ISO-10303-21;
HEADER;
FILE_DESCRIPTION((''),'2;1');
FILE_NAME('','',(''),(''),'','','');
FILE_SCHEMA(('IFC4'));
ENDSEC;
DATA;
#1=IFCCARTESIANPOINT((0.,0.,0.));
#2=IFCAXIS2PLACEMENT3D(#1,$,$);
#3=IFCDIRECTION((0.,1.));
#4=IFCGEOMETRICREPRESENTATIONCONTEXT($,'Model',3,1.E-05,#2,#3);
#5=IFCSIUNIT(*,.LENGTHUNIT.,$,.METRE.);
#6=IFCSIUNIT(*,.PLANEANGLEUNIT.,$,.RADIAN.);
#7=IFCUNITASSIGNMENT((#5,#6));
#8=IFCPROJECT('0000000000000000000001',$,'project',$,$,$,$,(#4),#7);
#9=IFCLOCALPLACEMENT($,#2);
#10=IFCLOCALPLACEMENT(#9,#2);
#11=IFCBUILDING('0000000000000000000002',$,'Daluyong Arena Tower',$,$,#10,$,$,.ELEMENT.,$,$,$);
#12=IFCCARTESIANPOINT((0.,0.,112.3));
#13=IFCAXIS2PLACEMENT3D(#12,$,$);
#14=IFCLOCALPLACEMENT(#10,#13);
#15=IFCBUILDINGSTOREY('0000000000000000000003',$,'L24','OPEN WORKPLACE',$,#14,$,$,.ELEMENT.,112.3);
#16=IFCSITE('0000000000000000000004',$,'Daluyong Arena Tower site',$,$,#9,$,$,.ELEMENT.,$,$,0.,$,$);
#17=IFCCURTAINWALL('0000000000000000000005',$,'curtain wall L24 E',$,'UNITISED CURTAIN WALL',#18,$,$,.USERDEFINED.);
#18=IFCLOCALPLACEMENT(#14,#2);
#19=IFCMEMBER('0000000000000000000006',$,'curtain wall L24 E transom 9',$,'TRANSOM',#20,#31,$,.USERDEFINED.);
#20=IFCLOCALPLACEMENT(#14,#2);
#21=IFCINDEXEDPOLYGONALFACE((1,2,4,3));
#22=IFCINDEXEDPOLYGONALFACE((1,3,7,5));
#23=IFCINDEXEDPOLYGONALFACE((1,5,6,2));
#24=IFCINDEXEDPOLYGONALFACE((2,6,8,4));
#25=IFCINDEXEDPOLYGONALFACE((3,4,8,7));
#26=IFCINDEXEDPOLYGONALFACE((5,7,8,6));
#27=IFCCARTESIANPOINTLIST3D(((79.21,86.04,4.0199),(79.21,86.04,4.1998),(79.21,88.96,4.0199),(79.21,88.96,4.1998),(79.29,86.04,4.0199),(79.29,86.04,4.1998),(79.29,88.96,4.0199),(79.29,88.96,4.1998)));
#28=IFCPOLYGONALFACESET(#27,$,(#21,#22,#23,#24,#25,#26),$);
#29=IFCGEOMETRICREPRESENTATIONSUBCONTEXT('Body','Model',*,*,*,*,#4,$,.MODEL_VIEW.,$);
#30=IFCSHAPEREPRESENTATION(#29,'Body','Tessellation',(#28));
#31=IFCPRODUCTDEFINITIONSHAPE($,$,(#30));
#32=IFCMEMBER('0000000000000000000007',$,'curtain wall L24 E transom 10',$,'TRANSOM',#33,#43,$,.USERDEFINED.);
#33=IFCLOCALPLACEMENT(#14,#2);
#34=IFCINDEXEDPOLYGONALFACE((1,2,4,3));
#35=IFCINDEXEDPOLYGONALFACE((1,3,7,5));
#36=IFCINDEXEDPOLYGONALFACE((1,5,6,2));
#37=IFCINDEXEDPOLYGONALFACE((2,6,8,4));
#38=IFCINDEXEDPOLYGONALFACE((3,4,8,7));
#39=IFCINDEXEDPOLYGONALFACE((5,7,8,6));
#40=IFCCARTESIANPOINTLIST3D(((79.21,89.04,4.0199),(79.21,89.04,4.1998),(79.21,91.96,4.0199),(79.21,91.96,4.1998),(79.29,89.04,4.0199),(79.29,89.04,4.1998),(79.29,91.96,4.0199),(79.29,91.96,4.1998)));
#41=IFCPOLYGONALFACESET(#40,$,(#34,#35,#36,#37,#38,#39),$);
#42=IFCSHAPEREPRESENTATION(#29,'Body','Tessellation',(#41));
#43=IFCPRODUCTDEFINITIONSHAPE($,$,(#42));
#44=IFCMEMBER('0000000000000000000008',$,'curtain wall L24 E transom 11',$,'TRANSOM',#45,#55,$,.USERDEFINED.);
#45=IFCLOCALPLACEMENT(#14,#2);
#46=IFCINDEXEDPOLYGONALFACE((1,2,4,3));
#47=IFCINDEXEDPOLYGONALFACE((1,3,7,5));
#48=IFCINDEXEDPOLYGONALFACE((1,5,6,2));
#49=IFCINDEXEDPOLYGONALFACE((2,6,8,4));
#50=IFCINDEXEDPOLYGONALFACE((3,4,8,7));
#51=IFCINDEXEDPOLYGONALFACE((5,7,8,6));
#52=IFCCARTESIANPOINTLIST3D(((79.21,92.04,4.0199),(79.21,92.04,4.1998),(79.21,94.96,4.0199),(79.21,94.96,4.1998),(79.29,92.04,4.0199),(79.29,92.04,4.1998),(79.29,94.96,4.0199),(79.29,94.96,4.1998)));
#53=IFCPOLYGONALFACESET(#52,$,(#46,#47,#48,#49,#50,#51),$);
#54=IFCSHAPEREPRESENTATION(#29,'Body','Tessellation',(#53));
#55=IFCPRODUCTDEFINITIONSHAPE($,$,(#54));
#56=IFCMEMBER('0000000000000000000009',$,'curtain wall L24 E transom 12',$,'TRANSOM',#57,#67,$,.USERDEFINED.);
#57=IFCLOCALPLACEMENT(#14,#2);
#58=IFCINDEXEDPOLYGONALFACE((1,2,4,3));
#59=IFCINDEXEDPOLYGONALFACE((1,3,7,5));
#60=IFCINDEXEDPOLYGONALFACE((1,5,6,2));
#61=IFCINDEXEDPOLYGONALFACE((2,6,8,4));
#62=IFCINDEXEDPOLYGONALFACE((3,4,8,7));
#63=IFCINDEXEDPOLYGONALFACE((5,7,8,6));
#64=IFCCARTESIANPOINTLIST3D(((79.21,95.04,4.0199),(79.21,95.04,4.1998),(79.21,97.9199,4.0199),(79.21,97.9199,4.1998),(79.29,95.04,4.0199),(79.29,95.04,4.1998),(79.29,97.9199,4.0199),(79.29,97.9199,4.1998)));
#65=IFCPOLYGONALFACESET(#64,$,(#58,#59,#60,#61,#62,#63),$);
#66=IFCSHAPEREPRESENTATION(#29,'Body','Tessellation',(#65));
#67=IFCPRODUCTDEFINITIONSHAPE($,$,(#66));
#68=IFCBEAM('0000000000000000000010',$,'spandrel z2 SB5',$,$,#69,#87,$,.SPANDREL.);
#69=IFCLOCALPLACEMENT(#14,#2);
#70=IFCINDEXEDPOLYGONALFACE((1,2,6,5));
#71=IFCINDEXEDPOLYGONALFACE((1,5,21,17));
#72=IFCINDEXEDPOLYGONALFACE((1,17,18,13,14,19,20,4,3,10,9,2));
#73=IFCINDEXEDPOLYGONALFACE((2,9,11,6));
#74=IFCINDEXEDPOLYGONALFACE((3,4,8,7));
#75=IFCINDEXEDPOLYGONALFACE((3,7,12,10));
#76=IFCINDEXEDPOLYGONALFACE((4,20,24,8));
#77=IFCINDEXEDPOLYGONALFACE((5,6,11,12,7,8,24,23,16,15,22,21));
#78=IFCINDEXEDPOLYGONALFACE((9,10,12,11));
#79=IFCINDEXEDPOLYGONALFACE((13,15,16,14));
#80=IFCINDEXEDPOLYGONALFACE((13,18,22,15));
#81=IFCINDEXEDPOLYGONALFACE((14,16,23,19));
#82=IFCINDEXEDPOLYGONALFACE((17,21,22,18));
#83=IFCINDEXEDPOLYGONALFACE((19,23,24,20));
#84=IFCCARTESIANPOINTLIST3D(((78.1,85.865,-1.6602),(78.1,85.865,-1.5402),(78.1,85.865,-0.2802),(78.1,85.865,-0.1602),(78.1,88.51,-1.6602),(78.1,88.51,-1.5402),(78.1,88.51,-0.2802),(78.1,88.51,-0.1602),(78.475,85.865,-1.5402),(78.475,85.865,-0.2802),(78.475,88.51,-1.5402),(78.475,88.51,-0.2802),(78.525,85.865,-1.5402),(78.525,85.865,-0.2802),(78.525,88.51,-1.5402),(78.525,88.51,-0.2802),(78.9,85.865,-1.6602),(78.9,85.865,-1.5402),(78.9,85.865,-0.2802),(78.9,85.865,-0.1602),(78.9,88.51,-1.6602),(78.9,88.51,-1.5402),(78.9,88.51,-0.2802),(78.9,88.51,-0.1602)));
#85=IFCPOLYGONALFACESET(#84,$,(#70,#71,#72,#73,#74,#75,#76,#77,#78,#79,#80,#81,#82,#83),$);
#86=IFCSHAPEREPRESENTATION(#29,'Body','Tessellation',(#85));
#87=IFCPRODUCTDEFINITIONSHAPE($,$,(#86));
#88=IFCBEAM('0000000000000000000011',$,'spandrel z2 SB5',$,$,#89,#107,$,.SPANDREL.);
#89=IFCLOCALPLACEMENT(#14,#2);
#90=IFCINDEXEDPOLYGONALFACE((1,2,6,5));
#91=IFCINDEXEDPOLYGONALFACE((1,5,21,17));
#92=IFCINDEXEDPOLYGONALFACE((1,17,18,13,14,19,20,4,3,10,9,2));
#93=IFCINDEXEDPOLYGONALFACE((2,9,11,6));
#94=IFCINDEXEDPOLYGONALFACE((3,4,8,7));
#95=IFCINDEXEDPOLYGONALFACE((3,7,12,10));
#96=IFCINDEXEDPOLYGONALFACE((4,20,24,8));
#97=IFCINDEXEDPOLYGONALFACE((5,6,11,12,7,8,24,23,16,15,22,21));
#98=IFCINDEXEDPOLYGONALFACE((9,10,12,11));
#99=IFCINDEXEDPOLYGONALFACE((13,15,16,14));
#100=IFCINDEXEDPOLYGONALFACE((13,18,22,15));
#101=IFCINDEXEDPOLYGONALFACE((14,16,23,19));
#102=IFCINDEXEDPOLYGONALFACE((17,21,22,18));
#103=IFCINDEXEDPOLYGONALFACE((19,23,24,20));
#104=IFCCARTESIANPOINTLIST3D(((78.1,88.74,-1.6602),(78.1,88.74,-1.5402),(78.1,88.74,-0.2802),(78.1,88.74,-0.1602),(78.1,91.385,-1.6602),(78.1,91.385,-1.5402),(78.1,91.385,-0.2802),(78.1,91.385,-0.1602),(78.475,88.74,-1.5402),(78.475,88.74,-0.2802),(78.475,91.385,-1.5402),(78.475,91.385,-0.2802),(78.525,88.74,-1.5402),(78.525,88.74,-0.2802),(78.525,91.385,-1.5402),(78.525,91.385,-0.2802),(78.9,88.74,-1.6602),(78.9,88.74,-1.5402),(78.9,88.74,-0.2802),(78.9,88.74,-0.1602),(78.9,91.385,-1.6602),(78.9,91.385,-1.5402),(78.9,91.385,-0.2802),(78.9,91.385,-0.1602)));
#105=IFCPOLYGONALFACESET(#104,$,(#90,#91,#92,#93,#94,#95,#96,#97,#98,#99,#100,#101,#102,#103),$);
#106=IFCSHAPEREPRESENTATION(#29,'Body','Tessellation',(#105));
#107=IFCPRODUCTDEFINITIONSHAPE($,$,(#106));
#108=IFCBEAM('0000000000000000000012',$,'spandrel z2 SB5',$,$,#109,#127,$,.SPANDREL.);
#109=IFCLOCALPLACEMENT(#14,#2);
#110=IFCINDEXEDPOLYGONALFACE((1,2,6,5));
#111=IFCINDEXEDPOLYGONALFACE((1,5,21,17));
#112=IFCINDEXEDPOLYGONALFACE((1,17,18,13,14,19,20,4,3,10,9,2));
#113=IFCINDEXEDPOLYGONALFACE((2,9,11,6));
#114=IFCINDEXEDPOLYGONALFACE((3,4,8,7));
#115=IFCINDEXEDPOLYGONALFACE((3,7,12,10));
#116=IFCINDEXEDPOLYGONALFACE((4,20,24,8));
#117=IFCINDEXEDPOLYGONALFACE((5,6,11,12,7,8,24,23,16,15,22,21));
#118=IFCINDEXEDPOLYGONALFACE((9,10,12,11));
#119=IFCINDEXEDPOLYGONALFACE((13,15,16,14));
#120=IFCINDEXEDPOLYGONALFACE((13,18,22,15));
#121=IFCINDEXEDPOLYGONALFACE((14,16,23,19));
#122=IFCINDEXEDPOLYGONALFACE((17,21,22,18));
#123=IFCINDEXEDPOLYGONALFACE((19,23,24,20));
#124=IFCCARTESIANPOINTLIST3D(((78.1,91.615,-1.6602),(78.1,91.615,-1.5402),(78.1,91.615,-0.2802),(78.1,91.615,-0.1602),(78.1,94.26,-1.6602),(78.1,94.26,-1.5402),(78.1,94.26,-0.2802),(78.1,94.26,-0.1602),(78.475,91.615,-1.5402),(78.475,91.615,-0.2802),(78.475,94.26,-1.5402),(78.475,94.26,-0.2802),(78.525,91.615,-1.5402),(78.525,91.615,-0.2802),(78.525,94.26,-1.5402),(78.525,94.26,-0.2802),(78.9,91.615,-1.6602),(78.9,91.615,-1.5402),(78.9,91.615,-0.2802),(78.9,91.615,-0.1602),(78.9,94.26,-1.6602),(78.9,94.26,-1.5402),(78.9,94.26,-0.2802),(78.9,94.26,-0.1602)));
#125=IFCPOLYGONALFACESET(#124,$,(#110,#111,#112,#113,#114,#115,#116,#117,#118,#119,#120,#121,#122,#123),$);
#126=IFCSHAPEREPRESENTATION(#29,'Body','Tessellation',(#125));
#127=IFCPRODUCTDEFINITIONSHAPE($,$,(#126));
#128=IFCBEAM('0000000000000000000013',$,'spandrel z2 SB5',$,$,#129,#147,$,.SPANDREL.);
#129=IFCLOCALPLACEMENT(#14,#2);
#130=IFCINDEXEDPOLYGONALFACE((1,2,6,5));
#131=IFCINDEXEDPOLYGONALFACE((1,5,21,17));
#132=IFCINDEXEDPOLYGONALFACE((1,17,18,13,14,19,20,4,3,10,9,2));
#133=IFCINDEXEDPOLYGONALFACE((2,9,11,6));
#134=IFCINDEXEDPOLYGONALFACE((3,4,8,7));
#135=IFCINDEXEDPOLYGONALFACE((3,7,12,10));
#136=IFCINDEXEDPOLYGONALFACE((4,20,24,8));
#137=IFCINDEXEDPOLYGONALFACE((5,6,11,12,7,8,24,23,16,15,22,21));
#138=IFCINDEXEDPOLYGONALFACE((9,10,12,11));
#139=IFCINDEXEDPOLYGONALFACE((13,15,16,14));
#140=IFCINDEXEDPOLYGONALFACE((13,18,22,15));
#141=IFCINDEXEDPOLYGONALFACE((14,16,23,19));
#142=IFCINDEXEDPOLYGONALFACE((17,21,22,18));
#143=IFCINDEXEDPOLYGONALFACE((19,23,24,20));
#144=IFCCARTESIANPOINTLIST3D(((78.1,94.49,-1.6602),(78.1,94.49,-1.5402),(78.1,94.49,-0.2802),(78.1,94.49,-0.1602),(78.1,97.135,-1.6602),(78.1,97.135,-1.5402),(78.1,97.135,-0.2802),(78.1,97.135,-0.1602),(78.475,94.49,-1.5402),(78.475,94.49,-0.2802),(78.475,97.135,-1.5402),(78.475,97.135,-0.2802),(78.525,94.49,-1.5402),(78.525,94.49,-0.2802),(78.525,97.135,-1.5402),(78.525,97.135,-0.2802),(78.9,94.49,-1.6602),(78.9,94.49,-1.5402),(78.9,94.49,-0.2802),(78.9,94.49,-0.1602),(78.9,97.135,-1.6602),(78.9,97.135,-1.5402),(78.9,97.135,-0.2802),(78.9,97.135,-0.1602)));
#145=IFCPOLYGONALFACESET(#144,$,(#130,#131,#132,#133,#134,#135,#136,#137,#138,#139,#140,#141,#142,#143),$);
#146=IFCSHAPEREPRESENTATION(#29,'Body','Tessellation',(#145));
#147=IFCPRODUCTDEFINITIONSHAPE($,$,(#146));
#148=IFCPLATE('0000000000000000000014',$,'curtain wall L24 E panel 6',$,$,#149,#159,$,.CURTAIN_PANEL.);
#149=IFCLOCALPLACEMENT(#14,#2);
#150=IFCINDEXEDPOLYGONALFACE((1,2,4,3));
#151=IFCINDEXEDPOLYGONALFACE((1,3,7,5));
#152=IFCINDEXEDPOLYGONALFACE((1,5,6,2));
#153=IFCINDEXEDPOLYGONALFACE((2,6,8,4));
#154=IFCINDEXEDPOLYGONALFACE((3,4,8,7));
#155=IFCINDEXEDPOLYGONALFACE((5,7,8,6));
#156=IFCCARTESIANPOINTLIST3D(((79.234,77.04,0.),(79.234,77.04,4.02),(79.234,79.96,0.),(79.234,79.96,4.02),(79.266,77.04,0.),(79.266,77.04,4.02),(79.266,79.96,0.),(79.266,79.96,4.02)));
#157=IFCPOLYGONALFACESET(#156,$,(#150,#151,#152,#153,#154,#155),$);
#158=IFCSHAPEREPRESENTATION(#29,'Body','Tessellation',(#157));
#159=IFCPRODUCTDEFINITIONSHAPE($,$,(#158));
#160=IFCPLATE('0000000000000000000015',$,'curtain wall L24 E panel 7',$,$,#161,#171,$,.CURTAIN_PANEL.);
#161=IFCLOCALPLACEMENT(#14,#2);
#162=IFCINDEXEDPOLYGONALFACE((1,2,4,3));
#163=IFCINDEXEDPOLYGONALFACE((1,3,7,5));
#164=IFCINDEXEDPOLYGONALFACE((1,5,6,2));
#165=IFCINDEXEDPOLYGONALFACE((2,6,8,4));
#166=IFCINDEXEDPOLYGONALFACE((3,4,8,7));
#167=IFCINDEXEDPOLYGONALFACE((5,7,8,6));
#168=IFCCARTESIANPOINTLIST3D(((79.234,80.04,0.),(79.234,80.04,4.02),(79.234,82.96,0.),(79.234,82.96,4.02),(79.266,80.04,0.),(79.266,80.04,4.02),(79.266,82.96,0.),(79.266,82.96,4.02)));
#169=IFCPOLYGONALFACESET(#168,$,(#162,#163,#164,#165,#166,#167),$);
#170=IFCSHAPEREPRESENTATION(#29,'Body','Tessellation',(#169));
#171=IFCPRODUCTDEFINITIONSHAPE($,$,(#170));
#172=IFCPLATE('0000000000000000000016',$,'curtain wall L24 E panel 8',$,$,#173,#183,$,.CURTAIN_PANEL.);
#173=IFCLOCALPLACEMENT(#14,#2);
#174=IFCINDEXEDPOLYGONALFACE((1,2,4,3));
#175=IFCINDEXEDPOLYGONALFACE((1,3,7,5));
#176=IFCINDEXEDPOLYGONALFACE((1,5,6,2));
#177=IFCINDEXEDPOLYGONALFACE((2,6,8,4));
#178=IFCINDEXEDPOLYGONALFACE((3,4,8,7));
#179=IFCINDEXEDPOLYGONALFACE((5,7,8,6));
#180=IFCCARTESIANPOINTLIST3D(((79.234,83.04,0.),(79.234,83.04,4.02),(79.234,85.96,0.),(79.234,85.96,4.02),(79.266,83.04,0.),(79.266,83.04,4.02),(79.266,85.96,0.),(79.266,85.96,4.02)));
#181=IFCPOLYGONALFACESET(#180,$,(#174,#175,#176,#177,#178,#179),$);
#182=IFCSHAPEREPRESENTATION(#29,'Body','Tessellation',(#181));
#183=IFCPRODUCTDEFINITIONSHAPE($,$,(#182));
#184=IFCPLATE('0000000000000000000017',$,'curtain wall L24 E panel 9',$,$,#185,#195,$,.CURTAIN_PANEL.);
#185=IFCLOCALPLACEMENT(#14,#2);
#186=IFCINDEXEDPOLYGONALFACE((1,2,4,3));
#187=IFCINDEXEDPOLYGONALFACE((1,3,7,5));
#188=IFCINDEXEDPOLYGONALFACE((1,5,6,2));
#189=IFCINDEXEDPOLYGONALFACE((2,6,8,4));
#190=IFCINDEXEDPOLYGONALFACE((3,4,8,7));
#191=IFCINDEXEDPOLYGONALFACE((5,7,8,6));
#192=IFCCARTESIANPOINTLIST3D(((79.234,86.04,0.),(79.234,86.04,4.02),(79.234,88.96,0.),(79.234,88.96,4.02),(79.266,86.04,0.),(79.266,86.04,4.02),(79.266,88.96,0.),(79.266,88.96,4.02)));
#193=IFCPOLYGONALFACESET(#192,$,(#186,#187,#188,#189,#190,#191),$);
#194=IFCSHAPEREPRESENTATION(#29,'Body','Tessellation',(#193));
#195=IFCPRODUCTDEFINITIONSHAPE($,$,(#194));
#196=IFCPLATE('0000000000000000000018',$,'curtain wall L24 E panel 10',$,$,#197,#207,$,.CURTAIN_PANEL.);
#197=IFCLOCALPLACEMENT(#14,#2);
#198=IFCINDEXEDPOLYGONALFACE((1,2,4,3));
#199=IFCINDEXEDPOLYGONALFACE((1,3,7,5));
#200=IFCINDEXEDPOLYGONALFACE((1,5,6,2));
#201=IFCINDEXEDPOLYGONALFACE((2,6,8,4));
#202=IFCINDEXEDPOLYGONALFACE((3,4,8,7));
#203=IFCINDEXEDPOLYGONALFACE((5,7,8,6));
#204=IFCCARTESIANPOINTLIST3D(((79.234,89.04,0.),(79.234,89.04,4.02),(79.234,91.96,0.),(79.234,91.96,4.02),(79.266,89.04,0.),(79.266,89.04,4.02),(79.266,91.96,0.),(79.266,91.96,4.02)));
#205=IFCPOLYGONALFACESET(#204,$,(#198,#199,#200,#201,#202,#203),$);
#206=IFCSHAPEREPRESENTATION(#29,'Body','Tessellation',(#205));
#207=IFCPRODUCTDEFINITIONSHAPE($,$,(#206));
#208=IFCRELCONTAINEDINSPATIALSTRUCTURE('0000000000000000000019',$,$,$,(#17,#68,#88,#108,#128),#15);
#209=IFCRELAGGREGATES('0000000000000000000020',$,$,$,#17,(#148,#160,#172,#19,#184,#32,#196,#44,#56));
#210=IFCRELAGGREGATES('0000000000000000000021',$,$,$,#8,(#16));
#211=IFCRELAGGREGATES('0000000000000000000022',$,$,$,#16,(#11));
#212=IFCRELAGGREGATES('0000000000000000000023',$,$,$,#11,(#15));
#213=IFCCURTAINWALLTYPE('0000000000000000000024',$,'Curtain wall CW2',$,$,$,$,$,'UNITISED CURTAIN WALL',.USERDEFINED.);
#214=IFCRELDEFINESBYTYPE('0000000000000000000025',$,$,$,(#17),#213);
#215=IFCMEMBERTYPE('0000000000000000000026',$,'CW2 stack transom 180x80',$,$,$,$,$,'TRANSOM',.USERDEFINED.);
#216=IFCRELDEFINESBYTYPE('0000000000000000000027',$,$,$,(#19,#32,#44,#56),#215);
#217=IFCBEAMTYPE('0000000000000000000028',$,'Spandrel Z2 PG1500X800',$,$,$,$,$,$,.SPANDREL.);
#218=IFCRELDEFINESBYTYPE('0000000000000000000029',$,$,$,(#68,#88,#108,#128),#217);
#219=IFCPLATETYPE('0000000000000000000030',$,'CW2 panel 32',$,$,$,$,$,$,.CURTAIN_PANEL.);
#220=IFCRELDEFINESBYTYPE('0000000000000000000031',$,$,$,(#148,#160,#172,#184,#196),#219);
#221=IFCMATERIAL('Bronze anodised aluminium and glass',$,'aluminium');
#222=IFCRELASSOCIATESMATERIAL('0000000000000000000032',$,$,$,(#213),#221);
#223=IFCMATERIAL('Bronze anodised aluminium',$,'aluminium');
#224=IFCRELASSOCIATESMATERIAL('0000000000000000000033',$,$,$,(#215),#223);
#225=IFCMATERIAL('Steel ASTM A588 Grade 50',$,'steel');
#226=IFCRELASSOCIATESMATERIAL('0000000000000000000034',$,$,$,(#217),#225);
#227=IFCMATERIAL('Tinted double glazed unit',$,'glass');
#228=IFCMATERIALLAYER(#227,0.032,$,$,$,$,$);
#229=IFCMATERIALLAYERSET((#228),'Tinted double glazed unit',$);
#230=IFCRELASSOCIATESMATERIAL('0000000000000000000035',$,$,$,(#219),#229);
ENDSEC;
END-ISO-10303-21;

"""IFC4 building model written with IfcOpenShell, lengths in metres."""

from ifc_helpers import new_model, si_unit, direction, frame, origin, origin_2d, place, context, subcontext, project, spatial, rectangle, i_section, extrude, material, layer, layer_set, material_profile, profile_set, type_object, element, aggregate, save


model = new_model("IFC4")

# Units and contexts
model_context = context("Model", 3, precision=1e-05, world=origin(), true_north=direction((0.0, 1.0)))
body_context = subcontext(model_context, "Body", "Model", "MODEL_VIEW")
ifc_project = project(units=[si_unit("LENGTHUNIT", "METRE"), si_unit("PLANEANGLEUNIT", "RADIAN")], contexts=[model_context])

# Site, building, storey
site_placement = place(None, origin())
site = spatial("IfcSite", under=ifc_project, at=site_placement, Name="Daluyong Arena Tower site", CompositionType="ELEMENT", RefElevation=0.0)
building_placement = place(site_placement, origin())
building = spatial("IfcBuilding", under=site, at=building_placement, Name="Daluyong Arena Tower", CompositionType="ELEMENT")
storey_placement = place(building_placement, frame((0.0, 0.0, 112.3)))
storey = spatial("IfcBuildingStorey", under=building, at=storey_placement, Name="L24", Description="OPEN WORKPLACE", CompositionType="ELEMENT", Elevation=112.3)

# Curtain wall, members
ifc_material_1 = material(Name="Bronze anodised aluminium and glass", Category="aluminium")
curtain_wall_type = type_object("IfcCurtainWallType", Name="Curtain wall CW2", ElementType="UNITISED CURTAIN WALL", PredefinedType="USERDEFINED", material=ifc_material_1)
curtain_wall_placement = place(storey_placement, origin())
curtain_wall = element("IfcCurtainWall", 1, at=curtain_wall_placement, inside=storey, type_object=curtain_wall_type, Name="curtain wall L24 E", ObjectType="UNITISED CURTAIN WALL", PredefinedType="USERDEFINED")
ifc_material_2 = material(Name="Bronze anodised aluminium", Category="aluminium")
ifc_material_profile_1 = material_profile(ifc_material_2, rectangle(XDim=0.0801, YDim=0.1799, at=origin_2d()))
ifc_profile_set_1 = profile_set([ifc_material_profile_1], Name="Bronze anodised aluminium")
member_type_1 = type_object("IfcMemberType", Name="CW2 stack transom 180x80", ElementType="TRANSOM", PredefinedType="USERDEFINED", material=ifc_profile_set_1)
member_1_placement = place(storey_placement, frame((79.25, 86.04, 4.1099), z_axis=(0.0, 1.0, 0.0), x_axis=(-1.0, 0.0, 0.0)))
member_1 = element("IfcMember", 2, at=member_1_placement, type_object=member_type_1, Name="curtain wall L24 E transom 9", ObjectType="TRANSOM", PredefinedType="USERDEFINED", context=body_context, shape_type="SweptSolid", body=[
    extrude(rectangle(XDim=0.0801, YDim=0.1799, at=origin_2d()), origin(), (0.0, 0.0, 1.0), 2.9199),
])
member_2_placement = place(storey_placement, frame((79.25, 89.04, 4.1099), z_axis=(0.0, 1.0, 0.0), x_axis=(-1.0, 0.0, 0.0)))
member_2 = element("IfcMember", 3, at=member_2_placement, type_object=member_type_1, Name="curtain wall L24 E transom 10", ObjectType="TRANSOM", PredefinedType="USERDEFINED", context=body_context, shape_type="SweptSolid", body=[
    extrude(rectangle(XDim=0.0801, YDim=0.1799, at=origin_2d()), origin(), (0.0, 0.0, 1.0), 2.9199),
])
member_3_placement = place(storey_placement, frame((79.25, 92.04, 4.1099), z_axis=(0.0, 1.0, 0.0), x_axis=(-1.0, 0.0, 0.0)))
member_3 = element("IfcMember", 4, at=member_3_placement, type_object=member_type_1, Name="curtain wall L24 E transom 11", ObjectType="TRANSOM", PredefinedType="USERDEFINED", context=body_context, shape_type="SweptSolid", body=[
    extrude(rectangle(XDim=0.0801, YDim=0.1799, at=origin_2d()), origin(), (0.0, 0.0, 1.0), 2.9199),
])
member_4_placement = place(storey_placement, frame((79.25, 95.04, 4.1099), z_axis=(0.0, 1.0, 0.0), x_axis=(-1.0, 0.0, 0.0)))
member_4 = element("IfcMember", 5, at=member_4_placement, type_object=member_type_1, Name="curtain wall L24 E transom 12", ObjectType="TRANSOM", PredefinedType="USERDEFINED", context=body_context, shape_type="SweptSolid", body=[
    extrude(rectangle(XDim=0.0801, YDim=0.1799, at=origin_2d()), origin(), (0.0, 0.0, 1.0), 2.8799),
])

# Beams
ifc_material_3 = material(Name="Steel ASTM A588 Grade 50", Category="steel")
ifc_material_profile_2 = material_profile(ifc_material_3, i_section(OverallWidth=0.8, OverallDepth=1.5, WebThickness=0.05, FlangeThickness=0.12, at=origin_2d()))
ifc_profile_set_2 = profile_set([ifc_material_profile_2], Name="Steel ASTM A588 Grade 50")
beam_type = type_object("IfcBeamType", Name="Spandrel Z2 PG1500X800", PredefinedType="SPANDREL", material=ifc_profile_set_2)
for number, where, z_axis, x_axis, name in (
    (6, (78.5, 85.865, -0.9102), (0.0, 1.0, 0.0), (-1.0, 0.0, 0.0), "spandrel z2 SB5"),
    (7, (78.5, 88.74, -0.9102), (0.0, 1.0, 0.0), (-1.0, 0.0, 0.0), "spandrel z2 SB5"),
    (8, (78.5, 91.615, -0.9102), (0.0, 1.0, 0.0), (-1.0, 0.0, 0.0), "spandrel z2 SB5"),
    (9, (78.5, 94.49, -0.9102), (0.0, 1.0, 0.0), (-1.0, 0.0, 0.0), "spandrel z2 SB5"),
):
    element("IfcBeam", number, at=place(storey_placement, frame(where, z_axis=z_axis, x_axis=x_axis)), inside=storey, type_object=beam_type, Name=name, PredefinedType="SPANDREL", context=body_context, shape_type="SweptSolid", body=[
        extrude(i_section(OverallWidth=0.8, OverallDepth=1.5, WebThickness=0.05, FlangeThickness=0.12, at=origin_2d()), origin(), (0.0, 0.0, 1.0), 2.645),
    ])

# Plates
ifc_material_4 = material(Name="Tinted double glazed unit", Category="glass")
ifc_layer = layer(ifc_material_4, 0.032)
ifc_layer_set = layer_set([ifc_layer], Name="Tinted double glazed unit")
plate_type = type_object("IfcPlateType", Name="CW2 panel 32", PredefinedType="CURTAIN_PANEL", material=ifc_layer_set)
plate_1_placement = place(storey_placement, frame((79.25, 78.5, 0.0), z_axis=(0.0, 0.0, 1.0), x_axis=(0.0, 1.0, 0.0)))
plate_1 = element("IfcPlate", 10, at=plate_1_placement, type_object=plate_type, Name="curtain wall L24 E panel 6", PredefinedType="CURTAIN_PANEL", context=body_context, shape_type="SweptSolid", body=[
    extrude(rectangle(XDim=2.9199, YDim=0.032, at=origin_2d()), origin(), (0.0, 0.0, 1.0), 4.02),
])
plate_2_placement = place(storey_placement, frame((79.25, 81.5, 0.0), z_axis=(0.0, 0.0, 1.0), x_axis=(0.0, 1.0, 0.0)))
plate_2 = element("IfcPlate", 11, at=plate_2_placement, type_object=plate_type, Name="curtain wall L24 E panel 7", PredefinedType="CURTAIN_PANEL", context=body_context, shape_type="SweptSolid", body=[
    extrude(rectangle(XDim=2.9199, YDim=0.032, at=origin_2d()), origin(), (0.0, 0.0, 1.0), 4.02),
])
plate_3_placement = place(storey_placement, frame((79.25, 84.5, 0.0), z_axis=(0.0, 0.0, 1.0), x_axis=(0.0, 1.0, 0.0)))
plate_3 = element("IfcPlate", 12, at=plate_3_placement, type_object=plate_type, Name="curtain wall L24 E panel 8", PredefinedType="CURTAIN_PANEL", context=body_context, shape_type="SweptSolid", body=[
    extrude(rectangle(XDim=2.9199, YDim=0.032, at=origin_2d()), origin(), (0.0, 0.0, 1.0), 4.02),
])
plate_4_placement = place(storey_placement, frame((79.25, 87.5, 0.0), z_axis=(0.0, 0.0, 1.0), x_axis=(0.0, 1.0, 0.0)))
plate_4 = element("IfcPlate", 13, at=plate_4_placement, type_object=plate_type, Name="curtain wall L24 E panel 9", PredefinedType="CURTAIN_PANEL", context=body_context, shape_type="SweptSolid", body=[
    extrude(rectangle(XDim=2.9199, YDim=0.032, at=origin_2d()), origin(), (0.0, 0.0, 1.0), 4.02),
])
plate_5_placement = place(storey_placement, frame((79.25, 90.5, 0.0), z_axis=(0.0, 0.0, 1.0), x_axis=(0.0, 1.0, 0.0)))
plate_5 = element("IfcPlate", 14, at=plate_5_placement, type_object=plate_type, Name="curtain wall L24 E panel 10", PredefinedType="CURTAIN_PANEL", context=body_context, shape_type="SweptSolid", body=[
    extrude(rectangle(XDim=2.9199, YDim=0.032, at=origin_2d()), origin(), (0.0, 0.0, 1.0), 4.02),
])
aggregate(curtain_wall, [plate_1, plate_2, plate_3, member_1, plate_4, member_2, plate_5, member_3, member_4])

save(model, "model.ifc")
